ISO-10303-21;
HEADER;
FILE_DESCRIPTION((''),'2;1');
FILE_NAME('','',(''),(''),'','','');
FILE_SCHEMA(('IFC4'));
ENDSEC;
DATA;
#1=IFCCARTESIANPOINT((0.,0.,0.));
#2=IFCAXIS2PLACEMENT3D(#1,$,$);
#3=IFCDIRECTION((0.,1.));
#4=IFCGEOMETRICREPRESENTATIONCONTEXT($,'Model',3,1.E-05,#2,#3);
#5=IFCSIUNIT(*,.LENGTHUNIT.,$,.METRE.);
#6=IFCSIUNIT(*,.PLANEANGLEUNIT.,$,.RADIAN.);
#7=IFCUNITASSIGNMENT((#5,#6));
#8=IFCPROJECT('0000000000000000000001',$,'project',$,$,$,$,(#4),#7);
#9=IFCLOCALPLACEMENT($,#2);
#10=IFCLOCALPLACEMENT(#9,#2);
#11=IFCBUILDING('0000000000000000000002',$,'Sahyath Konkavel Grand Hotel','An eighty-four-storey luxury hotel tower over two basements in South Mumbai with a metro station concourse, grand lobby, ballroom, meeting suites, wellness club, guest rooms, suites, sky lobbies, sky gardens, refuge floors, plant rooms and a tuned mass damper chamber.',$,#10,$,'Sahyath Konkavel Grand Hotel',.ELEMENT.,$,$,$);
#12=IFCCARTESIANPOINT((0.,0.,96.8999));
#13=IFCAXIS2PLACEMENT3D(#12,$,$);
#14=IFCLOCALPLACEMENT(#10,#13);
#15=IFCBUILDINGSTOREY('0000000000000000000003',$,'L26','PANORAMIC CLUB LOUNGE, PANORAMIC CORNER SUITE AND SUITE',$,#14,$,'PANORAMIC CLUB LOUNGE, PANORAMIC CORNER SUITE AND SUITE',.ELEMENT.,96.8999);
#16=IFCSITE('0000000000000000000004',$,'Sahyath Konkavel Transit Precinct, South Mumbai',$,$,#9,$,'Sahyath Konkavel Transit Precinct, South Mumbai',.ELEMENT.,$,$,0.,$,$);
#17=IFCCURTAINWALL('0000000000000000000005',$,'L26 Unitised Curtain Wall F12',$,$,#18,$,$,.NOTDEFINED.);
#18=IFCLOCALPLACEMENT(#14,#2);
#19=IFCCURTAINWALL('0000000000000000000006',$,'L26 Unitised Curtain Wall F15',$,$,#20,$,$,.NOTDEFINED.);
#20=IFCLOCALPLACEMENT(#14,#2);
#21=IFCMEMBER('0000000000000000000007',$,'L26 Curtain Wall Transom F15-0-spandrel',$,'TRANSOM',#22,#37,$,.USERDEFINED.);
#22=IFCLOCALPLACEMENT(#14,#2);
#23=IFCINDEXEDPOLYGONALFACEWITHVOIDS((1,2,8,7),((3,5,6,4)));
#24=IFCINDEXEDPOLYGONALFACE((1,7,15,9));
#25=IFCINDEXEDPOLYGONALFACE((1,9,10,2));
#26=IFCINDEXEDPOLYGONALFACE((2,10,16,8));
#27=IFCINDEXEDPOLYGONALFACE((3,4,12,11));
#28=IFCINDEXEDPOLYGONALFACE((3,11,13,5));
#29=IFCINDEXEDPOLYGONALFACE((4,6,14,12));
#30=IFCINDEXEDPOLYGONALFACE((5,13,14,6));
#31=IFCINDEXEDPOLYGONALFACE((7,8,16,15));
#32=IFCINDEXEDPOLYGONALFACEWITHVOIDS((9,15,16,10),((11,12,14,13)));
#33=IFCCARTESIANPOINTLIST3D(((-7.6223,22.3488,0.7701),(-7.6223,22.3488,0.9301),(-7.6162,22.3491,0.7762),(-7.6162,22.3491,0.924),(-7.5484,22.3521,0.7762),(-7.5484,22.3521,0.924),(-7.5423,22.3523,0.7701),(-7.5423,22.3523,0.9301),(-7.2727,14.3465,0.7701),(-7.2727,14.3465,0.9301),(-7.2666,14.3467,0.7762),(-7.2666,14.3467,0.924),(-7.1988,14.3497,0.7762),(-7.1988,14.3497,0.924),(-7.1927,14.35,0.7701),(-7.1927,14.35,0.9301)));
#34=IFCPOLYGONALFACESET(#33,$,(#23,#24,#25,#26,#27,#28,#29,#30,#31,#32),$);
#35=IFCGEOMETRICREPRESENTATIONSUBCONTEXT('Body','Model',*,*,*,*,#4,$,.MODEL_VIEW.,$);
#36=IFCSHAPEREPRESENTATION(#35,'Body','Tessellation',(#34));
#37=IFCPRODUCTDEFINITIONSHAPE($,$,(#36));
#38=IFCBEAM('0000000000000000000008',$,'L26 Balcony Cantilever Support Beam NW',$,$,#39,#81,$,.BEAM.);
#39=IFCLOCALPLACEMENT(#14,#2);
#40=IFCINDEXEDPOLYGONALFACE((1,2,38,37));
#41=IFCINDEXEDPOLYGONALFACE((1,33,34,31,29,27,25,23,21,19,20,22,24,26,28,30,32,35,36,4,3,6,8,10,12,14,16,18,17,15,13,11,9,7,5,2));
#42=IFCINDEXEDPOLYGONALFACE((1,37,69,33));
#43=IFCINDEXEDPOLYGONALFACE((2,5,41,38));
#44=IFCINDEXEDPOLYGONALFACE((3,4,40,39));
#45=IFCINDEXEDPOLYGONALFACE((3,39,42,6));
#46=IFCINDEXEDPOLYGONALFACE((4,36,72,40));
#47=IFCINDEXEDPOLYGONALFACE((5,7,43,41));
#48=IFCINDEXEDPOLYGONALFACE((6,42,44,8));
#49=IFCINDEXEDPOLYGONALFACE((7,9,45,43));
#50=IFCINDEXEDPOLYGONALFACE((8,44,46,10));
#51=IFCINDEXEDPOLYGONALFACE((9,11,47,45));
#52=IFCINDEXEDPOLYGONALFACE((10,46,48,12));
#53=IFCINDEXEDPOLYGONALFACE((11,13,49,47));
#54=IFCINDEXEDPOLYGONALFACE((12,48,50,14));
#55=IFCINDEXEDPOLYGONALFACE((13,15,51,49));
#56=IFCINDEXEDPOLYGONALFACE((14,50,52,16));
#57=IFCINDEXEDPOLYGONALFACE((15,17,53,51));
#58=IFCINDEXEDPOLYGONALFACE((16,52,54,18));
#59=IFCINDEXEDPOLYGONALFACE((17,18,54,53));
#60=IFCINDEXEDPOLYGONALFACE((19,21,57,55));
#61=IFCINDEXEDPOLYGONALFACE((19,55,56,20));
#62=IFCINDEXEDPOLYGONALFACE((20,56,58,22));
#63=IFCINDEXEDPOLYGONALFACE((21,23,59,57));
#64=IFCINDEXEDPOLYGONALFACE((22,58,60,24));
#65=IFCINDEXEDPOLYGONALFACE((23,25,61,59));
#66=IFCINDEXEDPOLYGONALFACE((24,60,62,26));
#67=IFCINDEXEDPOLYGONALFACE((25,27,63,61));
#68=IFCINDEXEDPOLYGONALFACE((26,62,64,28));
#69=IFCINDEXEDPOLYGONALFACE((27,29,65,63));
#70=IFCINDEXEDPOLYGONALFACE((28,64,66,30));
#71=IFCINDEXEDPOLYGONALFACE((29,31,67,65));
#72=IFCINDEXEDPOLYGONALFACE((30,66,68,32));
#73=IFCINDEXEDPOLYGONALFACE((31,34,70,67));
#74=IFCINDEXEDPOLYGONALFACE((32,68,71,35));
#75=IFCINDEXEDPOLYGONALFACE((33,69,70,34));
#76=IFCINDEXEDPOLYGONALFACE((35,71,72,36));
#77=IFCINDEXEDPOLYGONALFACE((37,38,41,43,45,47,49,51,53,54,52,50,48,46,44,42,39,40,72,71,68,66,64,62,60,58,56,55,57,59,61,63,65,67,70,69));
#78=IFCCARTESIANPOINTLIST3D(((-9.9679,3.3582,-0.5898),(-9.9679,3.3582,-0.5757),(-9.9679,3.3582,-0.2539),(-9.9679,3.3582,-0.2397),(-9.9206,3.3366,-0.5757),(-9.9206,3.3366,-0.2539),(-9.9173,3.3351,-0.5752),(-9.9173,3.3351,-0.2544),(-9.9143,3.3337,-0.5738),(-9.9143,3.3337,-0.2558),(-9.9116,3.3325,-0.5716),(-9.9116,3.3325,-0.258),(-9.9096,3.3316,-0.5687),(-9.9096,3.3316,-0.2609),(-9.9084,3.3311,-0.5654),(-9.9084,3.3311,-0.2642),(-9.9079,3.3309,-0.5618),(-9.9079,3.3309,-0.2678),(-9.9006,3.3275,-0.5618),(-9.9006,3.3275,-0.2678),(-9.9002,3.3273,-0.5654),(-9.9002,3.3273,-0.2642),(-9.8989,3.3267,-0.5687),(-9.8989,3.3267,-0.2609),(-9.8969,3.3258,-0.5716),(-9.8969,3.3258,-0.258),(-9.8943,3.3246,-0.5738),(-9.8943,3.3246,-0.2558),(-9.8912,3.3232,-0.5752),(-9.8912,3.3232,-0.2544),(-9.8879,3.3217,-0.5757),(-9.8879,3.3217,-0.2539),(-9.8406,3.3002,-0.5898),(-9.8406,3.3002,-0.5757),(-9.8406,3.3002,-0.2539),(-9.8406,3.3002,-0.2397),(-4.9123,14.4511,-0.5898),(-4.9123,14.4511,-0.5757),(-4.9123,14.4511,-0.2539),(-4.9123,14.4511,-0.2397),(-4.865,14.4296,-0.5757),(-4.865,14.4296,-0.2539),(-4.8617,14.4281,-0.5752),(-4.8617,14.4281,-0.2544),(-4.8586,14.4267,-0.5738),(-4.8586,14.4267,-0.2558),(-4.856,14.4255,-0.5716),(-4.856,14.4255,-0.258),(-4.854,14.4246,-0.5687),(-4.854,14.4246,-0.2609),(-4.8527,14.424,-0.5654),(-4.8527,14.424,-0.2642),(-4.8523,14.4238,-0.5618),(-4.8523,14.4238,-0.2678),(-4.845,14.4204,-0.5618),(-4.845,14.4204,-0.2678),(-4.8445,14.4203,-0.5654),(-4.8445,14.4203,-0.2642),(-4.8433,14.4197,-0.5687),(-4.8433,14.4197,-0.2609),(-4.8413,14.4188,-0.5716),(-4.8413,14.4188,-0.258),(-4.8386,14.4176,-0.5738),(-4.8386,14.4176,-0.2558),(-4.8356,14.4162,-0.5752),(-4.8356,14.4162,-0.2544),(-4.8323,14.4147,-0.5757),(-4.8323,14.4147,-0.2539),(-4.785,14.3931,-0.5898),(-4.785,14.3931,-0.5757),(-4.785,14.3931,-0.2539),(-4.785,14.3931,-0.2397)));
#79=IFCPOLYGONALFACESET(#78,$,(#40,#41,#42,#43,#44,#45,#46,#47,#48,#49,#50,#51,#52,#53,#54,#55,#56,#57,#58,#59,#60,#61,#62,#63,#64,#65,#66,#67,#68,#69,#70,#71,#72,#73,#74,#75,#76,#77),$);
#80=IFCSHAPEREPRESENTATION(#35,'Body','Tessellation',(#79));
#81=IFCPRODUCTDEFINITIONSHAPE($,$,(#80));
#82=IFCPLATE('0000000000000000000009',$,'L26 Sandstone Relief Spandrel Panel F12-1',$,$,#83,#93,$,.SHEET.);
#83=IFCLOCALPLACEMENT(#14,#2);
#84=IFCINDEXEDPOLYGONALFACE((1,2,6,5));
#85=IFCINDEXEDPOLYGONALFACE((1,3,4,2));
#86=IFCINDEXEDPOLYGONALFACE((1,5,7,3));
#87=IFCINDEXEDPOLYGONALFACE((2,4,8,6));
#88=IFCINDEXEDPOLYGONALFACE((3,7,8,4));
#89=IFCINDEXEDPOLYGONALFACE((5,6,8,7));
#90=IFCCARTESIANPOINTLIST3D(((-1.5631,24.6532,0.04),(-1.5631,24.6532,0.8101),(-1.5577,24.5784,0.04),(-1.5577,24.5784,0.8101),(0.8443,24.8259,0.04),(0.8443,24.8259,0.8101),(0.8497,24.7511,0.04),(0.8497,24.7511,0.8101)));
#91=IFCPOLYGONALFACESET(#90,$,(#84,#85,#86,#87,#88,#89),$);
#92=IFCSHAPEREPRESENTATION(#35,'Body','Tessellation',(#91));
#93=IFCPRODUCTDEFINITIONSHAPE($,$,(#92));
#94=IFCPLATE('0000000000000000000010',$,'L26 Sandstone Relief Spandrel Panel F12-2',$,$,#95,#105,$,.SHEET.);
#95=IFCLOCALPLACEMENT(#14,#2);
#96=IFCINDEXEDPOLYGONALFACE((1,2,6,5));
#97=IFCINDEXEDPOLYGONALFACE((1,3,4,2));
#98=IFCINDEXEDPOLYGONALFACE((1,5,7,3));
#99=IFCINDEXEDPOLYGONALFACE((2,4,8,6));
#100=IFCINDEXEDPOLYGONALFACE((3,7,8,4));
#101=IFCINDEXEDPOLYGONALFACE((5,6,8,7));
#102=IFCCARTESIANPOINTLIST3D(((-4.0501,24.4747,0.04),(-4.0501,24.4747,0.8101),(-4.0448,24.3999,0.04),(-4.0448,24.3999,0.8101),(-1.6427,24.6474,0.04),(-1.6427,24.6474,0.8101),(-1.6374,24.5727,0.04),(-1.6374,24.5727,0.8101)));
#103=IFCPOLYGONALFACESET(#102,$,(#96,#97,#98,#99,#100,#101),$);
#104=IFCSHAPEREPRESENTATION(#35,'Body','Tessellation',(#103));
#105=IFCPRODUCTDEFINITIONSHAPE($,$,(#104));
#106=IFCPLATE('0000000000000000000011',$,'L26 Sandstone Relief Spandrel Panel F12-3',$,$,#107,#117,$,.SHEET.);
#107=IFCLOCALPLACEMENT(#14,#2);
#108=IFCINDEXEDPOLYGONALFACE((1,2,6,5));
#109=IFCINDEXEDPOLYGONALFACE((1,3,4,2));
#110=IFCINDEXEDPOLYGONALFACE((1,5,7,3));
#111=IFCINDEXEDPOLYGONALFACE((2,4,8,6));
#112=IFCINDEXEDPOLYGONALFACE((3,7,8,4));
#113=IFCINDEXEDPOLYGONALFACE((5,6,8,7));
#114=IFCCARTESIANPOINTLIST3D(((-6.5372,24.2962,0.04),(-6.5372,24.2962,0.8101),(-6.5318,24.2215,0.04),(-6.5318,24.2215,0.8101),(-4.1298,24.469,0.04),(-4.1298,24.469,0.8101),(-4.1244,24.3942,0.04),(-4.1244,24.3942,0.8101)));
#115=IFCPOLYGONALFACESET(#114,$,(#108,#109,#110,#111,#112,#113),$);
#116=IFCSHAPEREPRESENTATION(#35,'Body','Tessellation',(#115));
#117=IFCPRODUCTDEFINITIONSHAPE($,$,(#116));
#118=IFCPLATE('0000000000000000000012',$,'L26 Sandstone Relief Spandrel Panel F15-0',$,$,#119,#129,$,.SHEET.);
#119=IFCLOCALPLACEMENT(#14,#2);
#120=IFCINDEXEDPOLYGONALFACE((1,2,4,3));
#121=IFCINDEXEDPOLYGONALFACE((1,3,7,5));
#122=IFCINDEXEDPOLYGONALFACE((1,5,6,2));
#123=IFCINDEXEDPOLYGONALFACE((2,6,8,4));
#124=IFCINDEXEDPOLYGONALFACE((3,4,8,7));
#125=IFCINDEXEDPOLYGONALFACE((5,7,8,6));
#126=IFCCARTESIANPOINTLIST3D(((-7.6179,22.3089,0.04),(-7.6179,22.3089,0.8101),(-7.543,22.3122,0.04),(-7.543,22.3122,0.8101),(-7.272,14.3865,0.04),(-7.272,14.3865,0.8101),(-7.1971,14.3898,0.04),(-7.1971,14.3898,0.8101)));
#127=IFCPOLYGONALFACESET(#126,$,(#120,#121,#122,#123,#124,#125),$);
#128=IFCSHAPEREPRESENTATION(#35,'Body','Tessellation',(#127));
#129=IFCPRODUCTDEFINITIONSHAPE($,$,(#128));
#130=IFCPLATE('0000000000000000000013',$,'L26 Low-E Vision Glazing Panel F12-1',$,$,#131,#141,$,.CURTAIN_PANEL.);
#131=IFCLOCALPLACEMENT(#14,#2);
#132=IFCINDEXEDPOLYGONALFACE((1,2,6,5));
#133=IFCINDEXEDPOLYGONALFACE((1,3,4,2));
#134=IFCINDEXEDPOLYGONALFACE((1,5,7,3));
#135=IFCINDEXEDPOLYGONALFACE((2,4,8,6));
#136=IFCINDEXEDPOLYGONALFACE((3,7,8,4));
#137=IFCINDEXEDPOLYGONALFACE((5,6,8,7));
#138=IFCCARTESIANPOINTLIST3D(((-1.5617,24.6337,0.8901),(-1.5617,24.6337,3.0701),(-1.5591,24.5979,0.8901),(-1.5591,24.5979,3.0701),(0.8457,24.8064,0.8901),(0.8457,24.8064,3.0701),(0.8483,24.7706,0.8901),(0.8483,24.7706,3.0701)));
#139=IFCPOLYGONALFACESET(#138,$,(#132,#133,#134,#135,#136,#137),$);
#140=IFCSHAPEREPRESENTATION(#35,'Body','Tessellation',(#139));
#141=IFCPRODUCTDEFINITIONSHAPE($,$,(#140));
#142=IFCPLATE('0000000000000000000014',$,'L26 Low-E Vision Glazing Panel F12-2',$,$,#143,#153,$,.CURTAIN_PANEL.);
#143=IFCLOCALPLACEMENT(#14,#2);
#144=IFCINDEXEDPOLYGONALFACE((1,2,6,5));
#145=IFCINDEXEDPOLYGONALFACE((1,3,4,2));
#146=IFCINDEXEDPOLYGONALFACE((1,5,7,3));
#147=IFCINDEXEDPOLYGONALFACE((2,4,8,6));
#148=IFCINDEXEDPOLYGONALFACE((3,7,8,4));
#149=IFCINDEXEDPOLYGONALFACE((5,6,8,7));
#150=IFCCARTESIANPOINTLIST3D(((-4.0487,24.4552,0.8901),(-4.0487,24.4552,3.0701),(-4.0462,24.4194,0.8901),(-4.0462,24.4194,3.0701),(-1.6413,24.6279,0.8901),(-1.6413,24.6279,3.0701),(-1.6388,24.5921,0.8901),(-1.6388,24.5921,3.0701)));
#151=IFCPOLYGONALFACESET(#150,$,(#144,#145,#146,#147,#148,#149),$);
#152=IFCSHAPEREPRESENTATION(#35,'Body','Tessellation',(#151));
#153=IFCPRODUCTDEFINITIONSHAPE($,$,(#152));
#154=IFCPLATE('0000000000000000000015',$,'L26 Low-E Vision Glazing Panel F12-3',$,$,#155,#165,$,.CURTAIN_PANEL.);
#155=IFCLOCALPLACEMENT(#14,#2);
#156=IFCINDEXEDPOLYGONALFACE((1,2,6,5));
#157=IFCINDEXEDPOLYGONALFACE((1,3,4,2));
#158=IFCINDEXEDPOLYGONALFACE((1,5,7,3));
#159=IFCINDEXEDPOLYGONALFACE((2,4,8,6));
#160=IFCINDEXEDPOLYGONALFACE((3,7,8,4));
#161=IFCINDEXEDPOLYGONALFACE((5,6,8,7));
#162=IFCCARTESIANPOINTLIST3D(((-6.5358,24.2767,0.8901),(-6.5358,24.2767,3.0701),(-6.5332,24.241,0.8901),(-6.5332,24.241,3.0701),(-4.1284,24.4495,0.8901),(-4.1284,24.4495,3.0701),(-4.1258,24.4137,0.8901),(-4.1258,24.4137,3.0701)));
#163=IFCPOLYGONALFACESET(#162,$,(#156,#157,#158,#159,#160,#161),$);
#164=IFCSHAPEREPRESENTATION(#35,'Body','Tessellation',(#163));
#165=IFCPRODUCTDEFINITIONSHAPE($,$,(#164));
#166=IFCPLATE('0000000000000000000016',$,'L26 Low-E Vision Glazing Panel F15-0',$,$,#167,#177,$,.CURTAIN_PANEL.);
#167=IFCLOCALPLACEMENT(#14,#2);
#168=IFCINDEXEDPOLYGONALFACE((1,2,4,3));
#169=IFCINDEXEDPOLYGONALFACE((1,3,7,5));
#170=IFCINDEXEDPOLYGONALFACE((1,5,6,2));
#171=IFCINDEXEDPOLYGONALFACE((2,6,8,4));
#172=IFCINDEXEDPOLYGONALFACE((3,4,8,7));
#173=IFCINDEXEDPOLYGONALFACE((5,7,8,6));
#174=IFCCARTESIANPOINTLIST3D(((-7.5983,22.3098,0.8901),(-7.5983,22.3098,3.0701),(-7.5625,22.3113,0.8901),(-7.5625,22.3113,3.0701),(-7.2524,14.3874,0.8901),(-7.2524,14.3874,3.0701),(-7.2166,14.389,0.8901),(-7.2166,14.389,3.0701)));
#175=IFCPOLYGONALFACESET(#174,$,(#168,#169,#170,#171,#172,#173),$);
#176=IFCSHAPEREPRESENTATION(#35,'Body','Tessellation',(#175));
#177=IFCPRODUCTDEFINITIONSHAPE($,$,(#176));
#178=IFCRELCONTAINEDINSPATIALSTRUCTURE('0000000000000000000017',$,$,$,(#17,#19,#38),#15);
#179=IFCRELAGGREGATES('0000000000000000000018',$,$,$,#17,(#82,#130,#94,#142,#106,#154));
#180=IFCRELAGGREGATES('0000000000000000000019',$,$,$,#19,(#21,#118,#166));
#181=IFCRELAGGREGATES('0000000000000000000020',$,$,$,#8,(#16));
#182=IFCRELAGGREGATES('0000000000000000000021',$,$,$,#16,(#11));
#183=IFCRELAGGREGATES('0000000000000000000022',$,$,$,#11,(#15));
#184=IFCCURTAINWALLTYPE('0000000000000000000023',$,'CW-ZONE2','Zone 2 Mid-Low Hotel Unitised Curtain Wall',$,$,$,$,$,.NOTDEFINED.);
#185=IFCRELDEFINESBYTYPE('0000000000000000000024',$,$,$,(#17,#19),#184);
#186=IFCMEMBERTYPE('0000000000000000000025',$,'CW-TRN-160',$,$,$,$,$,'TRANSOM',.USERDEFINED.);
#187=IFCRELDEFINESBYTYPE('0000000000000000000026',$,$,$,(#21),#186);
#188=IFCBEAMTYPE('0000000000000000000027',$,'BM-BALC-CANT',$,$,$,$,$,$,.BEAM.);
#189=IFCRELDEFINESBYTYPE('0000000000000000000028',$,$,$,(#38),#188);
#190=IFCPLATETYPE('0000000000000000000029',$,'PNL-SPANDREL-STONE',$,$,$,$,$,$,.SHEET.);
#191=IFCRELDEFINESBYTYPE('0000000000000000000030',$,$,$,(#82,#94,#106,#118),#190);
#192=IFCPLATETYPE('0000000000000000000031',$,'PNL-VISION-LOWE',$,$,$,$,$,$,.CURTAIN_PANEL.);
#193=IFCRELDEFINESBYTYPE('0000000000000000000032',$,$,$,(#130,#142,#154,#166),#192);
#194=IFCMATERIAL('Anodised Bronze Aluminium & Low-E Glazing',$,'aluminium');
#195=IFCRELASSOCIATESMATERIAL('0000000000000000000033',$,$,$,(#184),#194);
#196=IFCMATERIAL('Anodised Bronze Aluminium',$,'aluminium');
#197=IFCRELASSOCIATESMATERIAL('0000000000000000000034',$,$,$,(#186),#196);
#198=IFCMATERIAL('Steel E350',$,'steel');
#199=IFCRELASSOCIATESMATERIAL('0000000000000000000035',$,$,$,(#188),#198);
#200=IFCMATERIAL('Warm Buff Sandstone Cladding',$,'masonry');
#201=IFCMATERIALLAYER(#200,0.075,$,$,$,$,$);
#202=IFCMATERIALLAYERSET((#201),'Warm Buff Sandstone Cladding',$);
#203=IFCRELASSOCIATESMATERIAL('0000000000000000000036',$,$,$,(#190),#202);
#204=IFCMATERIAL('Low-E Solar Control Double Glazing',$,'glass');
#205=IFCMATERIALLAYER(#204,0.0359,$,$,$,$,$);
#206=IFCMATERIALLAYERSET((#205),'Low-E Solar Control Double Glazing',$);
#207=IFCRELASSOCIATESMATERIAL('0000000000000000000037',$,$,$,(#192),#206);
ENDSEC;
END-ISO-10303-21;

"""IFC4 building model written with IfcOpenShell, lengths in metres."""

from ifc_helpers import new_model, si_unit, direction, frame, origin, origin_2d, place, context, subcontext, project, spatial, rectangle, hollow_rectangle, i_section, extrude, source, transform, mapped, material, layer, layer_set, material_profile, profile_set, type_object, element, aggregate, save


model = new_model("IFC4")

# Units and contexts
model_context = context("Model", 3, precision=1e-05, world=origin(), true_north=direction((0.0, 1.0)))
body_context = subcontext(model_context, "Body", "Model", "MODEL_VIEW")
ifc_project = project(units=[si_unit("LENGTHUNIT", "METRE"), si_unit("PLANEANGLEUNIT", "RADIAN")], contexts=[model_context])

# Site, building, storey
site_placement = place(None, origin())
site = spatial("IfcSite", under=ifc_project, at=site_placement, Name="Sahyath Konkavel Transit Precinct, South Mumbai", LongName="Sahyath Konkavel Transit Precinct, South Mumbai", CompositionType="ELEMENT", RefElevation=0.0)
building_placement = place(site_placement, origin())
building = spatial("IfcBuilding", under=site, at=building_placement, Name="Sahyath Konkavel Grand Hotel", Description="An eighty-four-storey luxury hotel tower over two basements in South Mumbai with a metro station concourse, grand lobby, ballroom, meeting suites, wellness club, guest rooms, suites, sky lobbies, sky gardens, refuge floors, plant rooms and a tuned mass damper chamber.", LongName="Sahyath Konkavel Grand Hotel", CompositionType="ELEMENT")
storey_placement = place(building_placement, frame((0.0, 0.0, 96.8999)))
storey = spatial("IfcBuildingStorey", under=building, at=storey_placement, Name="L26", Description="PANORAMIC CLUB LOUNGE, PANORAMIC CORNER SUITE AND SUITE", LongName="PANORAMIC CLUB LOUNGE, PANORAMIC CORNER SUITE AND SUITE", CompositionType="ELEMENT", Elevation=96.8999)

# Shared definitions
ifc_material_1 = material(Name="Steel E350", Category="steel")

# Curtain wall
ifc_material_2 = material(Name="Anodised Bronze Aluminium & Low-E Glazing", Category="aluminium")
curtain_wall_type = type_object("IfcCurtainWallType", Name="CW-ZONE2", Description="Zone 2 Mid-Low Hotel Unitised Curtain Wall", PredefinedType="NOTDEFINED", material=ifc_material_2)
curtain_wall_1_placement = place(storey_placement, origin())
curtain_wall_1 = element("IfcCurtainWall", 1, at=curtain_wall_1_placement, inside=storey, type_object=curtain_wall_type, Name="L26 Unitised Curtain Wall F12", PredefinedType="NOTDEFINED")
ifc_material_3 = material(Name="Anodised Bronze Aluminium", Category="aluminium")

# Curtain wall
curtain_wall_2_placement = place(storey_placement, origin())
curtain_wall_2 = element("IfcCurtainWall", 2, at=curtain_wall_2_placement, inside=storey, type_object=curtain_wall_type, Name="L26 Unitised Curtain Wall F15", PredefinedType="NOTDEFINED")

# Member
ifc_material_profile_1 = material_profile(ifc_material_3, hollow_rectangle(XDim=0.0801, YDim=0.1599, WallThickness=0.0061, at=origin_2d()), Name="RHS 160x80x6")
ifc_profile_set_1 = profile_set([ifc_material_profile_1], Name="Anodised Bronze Aluminium")
member_type_1 = type_object("IfcMemberType", Name="CW-TRN-160", ElementType="TRANSOM", PredefinedType="USERDEFINED", material=ifc_profile_set_1)
shared_shape_1 = source(origin(), body_context, "Body", "SweptSolid", [
    extrude(hollow_rectangle(XDim=0.0801, YDim=0.1599, WallThickness=0.0061, at=origin_2d()), origin(), (0.0, 0.0, 1.0), 8.01),
])
member_1_placement = place(storey_placement, frame((-7.5823, 22.3506, 0.8501), z_axis=(0.043646, -0.999047, 0.0), x_axis=(0.999047, 0.043646, 0.0)))
member_1 = element("IfcMember", 3, at=member_1_placement, type_object=member_type_1, Name="L26 Curtain Wall Transom F15-0-spandrel", ObjectType="TRANSOM", PredefinedType="USERDEFINED", context=body_context, shape_type="MappedRepresentation", body=[
    mapped(shared_shape_1, transform((0.0, 0.0, 0.0), scale=1.0)),
])

# Beam
ifc_material_profile_2 = material_profile(ifc_material_1, i_section(OverallWidth=0.1399, OverallDepth=0.3501, WebThickness=0.0081, FlangeThickness=0.0142, FilletRadius=0.0139, at=origin_2d()), Name="ISMB 350")
ifc_profile_set_2 = profile_set([ifc_material_profile_2], Name="Steel E350")
beam_type_1 = type_object("IfcBeamType", Name="BM-BALC-CANT", PredefinedType="BEAM", material=ifc_profile_set_2)
shared_shape_2 = source(origin(), body_context, "Body", "SweptSolid", [
    extrude(i_section(OverallWidth=0.1399, OverallDepth=0.3501, WebThickness=0.0081, FlangeThickness=0.0142, FilletRadius=0.0139, at=origin_2d()), origin(), (0.0, 0.0, 1.0), 12.1907),
])
beam_1_placement = place(storey_placement, frame((-4.8486, 14.4221, -0.4148), z_axis=(-0.414713, -0.909952, 0.0), x_axis=(0.909952, -0.414713, 0.0)))
element("IfcBeam", 4, at=beam_1_placement, inside=storey, type_object=beam_type_1, Name="L26 Balcony Cantilever Support Beam NW", PredefinedType="BEAM", context=body_context, shape_type="MappedRepresentation", body=[
    mapped(shared_shape_2, transform((0.0, 0.0, 0.0), scale=1.0)),
])

# Plates
ifc_material_4 = material(Name="Warm Buff Sandstone Cladding", Category="masonry")
ifc_layer_1 = layer(ifc_material_4, 0.075)
ifc_layer_set_1 = layer_set([ifc_layer_1], Name="Warm Buff Sandstone Cladding")
plate_type_1 = type_object("IfcPlateType", Name="PNL-SPANDREL-STONE", PredefinedType="SHEET", material=ifc_layer_set_1)
shared_shape_3 = source(origin(), body_context, "Body", "SweptSolid", [
    extrude(rectangle(XDim=2.4136, YDim=0.075, at=origin_2d()), origin(), (0.0, 0.0, 1.0), 0.77),
])
plate_1_placement = place(storey_placement, frame((-0.3567, 24.7021, 0.04), z_axis=(0.0, 0.0, 1.0), x_axis=(-0.997436, -0.071567, 0.0)))
plate_1 = element("IfcPlate", 5, at=plate_1_placement, type_object=plate_type_1, Name="L26 Sandstone Relief Spandrel Panel F12-1", PredefinedType="SHEET", context=body_context, shape_type="MappedRepresentation", body=[
    mapped(shared_shape_3, transform((0.0, 0.0, 0.0), scale=1.0)),
])
plate_2_placement = place(storey_placement, frame((-2.8438, 24.5237, 0.04), z_axis=(0.0, 0.0, 1.0), x_axis=(-0.997436, -0.071567, 0.0)))
plate_2 = element("IfcPlate", 6, at=plate_2_placement, type_object=plate_type_1, Name="L26 Sandstone Relief Spandrel Panel F12-2", PredefinedType="SHEET", context=body_context, shape_type="MappedRepresentation", body=[
    mapped(shared_shape_3, transform((0.0, 0.0, 0.0), scale=1.0)),
])
plate_3_placement = place(storey_placement, frame((-5.3308, 24.3452, 0.04), z_axis=(0.0, 0.0, 1.0), x_axis=(-0.997436, -0.071567, 0.0)))
plate_3 = element("IfcPlate", 7, at=plate_3_placement, type_object=plate_type_1, Name="L26 Sandstone Relief Spandrel Panel F12-3", PredefinedType="SHEET", context=body_context, shape_type="MappedRepresentation", body=[
    mapped(shared_shape_3, transform((0.0, 0.0, 0.0), scale=1.0)),
])
shared_shape_4 = source(origin(), body_context, "Body", "SweptSolid", [
    extrude(rectangle(XDim=7.9299, YDim=0.075, at=origin_2d()), origin(), (0.0, 0.0, 1.0), 0.77),
])
plate_4_placement = place(storey_placement, frame((-7.4075, 18.3494, 0.04), z_axis=(0.0, 0.0, 1.0), x_axis=(0.043619, -0.999048, 0.0)))
plate_4 = element("IfcPlate", 8, at=plate_4_placement, type_object=plate_type_1, Name="L26 Sandstone Relief Spandrel Panel F15-0", PredefinedType="SHEET", context=body_context, shape_type="MappedRepresentation", body=[
    mapped(shared_shape_4, transform((0.0, 0.0, 0.0), scale=1.0)),
])
ifc_material_5 = material(Name="Low-E Solar Control Double Glazing", Category="glass")
ifc_layer_2 = layer(ifc_material_5, 0.0359)
ifc_layer_set_2 = layer_set([ifc_layer_2], Name="Low-E Solar Control Double Glazing")
plate_type_2 = type_object("IfcPlateType", Name="PNL-VISION-LOWE", PredefinedType="CURTAIN_PANEL", material=ifc_layer_set_2)
shared_shape_5 = source(origin(), body_context, "Body", "SweptSolid", [
    extrude(rectangle(XDim=2.4136, YDim=0.0359, at=origin_2d()), origin(), (0.0, 0.0, 1.0), 2.1799),
])
plate_5_placement = place(storey_placement, frame((-0.3567, 24.7021, 0.8901), z_axis=(0.0, 0.0, 1.0), x_axis=(-0.997436, -0.071567, 0.0)))
plate_5 = element("IfcPlate", 9, at=plate_5_placement, type_object=plate_type_2, Name="L26 Low-E Vision Glazing Panel F12-1", PredefinedType="CURTAIN_PANEL", context=body_context, shape_type="MappedRepresentation", body=[
    mapped(shared_shape_5, transform((0.0, 0.0, 0.0), scale=1.0)),
])
plate_6_placement = place(storey_placement, frame((-2.8438, 24.5237, 0.8901), z_axis=(0.0, 0.0, 1.0), x_axis=(-0.997436, -0.071567, 0.0)))
plate_6 = element("IfcPlate", 10, at=plate_6_placement, type_object=plate_type_2, Name="L26 Low-E Vision Glazing Panel F12-2", PredefinedType="CURTAIN_PANEL", context=body_context, shape_type="MappedRepresentation", body=[
    mapped(shared_shape_5, transform((0.0, 0.0, 0.0), scale=1.0)),
])
plate_7_placement = place(storey_placement, frame((-5.3308, 24.3452, 0.8901), z_axis=(0.0, 0.0, 1.0), x_axis=(-0.997436, -0.071567, 0.0)))
plate_7 = element("IfcPlate", 11, at=plate_7_placement, type_object=plate_type_2, Name="L26 Low-E Vision Glazing Panel F12-3", PredefinedType="CURTAIN_PANEL", context=body_context, shape_type="MappedRepresentation", body=[
    mapped(shared_shape_5, transform((0.0, 0.0, 0.0), scale=1.0)),
])
aggregate(curtain_wall_1, [plate_1, plate_5, plate_2, plate_6, plate_3, plate_7])
shared_shape_6 = source(origin(), body_context, "Body", "SweptSolid", [
    extrude(rectangle(XDim=7.9299, YDim=0.0359, at=origin_2d()), origin(), (0.0, 0.0, 1.0), 2.1799),
])
plate_8_placement = place(storey_placement, frame((-7.4075, 18.3494, 0.8901), z_axis=(0.0, 0.0, 1.0), x_axis=(0.043619, -0.999048, 0.0)))
plate_8 = element("IfcPlate", 12, at=plate_8_placement, type_object=plate_type_2, Name="L26 Low-E Vision Glazing Panel F15-0", PredefinedType="CURTAIN_PANEL", context=body_context, shape_type="MappedRepresentation", body=[
    mapped(shared_shape_6, transform((0.0, 0.0, 0.0), scale=1.0)),
])
aggregate(curtain_wall_2, [member_1, plate_4, plate_8])

save(model, "model.ifc")
